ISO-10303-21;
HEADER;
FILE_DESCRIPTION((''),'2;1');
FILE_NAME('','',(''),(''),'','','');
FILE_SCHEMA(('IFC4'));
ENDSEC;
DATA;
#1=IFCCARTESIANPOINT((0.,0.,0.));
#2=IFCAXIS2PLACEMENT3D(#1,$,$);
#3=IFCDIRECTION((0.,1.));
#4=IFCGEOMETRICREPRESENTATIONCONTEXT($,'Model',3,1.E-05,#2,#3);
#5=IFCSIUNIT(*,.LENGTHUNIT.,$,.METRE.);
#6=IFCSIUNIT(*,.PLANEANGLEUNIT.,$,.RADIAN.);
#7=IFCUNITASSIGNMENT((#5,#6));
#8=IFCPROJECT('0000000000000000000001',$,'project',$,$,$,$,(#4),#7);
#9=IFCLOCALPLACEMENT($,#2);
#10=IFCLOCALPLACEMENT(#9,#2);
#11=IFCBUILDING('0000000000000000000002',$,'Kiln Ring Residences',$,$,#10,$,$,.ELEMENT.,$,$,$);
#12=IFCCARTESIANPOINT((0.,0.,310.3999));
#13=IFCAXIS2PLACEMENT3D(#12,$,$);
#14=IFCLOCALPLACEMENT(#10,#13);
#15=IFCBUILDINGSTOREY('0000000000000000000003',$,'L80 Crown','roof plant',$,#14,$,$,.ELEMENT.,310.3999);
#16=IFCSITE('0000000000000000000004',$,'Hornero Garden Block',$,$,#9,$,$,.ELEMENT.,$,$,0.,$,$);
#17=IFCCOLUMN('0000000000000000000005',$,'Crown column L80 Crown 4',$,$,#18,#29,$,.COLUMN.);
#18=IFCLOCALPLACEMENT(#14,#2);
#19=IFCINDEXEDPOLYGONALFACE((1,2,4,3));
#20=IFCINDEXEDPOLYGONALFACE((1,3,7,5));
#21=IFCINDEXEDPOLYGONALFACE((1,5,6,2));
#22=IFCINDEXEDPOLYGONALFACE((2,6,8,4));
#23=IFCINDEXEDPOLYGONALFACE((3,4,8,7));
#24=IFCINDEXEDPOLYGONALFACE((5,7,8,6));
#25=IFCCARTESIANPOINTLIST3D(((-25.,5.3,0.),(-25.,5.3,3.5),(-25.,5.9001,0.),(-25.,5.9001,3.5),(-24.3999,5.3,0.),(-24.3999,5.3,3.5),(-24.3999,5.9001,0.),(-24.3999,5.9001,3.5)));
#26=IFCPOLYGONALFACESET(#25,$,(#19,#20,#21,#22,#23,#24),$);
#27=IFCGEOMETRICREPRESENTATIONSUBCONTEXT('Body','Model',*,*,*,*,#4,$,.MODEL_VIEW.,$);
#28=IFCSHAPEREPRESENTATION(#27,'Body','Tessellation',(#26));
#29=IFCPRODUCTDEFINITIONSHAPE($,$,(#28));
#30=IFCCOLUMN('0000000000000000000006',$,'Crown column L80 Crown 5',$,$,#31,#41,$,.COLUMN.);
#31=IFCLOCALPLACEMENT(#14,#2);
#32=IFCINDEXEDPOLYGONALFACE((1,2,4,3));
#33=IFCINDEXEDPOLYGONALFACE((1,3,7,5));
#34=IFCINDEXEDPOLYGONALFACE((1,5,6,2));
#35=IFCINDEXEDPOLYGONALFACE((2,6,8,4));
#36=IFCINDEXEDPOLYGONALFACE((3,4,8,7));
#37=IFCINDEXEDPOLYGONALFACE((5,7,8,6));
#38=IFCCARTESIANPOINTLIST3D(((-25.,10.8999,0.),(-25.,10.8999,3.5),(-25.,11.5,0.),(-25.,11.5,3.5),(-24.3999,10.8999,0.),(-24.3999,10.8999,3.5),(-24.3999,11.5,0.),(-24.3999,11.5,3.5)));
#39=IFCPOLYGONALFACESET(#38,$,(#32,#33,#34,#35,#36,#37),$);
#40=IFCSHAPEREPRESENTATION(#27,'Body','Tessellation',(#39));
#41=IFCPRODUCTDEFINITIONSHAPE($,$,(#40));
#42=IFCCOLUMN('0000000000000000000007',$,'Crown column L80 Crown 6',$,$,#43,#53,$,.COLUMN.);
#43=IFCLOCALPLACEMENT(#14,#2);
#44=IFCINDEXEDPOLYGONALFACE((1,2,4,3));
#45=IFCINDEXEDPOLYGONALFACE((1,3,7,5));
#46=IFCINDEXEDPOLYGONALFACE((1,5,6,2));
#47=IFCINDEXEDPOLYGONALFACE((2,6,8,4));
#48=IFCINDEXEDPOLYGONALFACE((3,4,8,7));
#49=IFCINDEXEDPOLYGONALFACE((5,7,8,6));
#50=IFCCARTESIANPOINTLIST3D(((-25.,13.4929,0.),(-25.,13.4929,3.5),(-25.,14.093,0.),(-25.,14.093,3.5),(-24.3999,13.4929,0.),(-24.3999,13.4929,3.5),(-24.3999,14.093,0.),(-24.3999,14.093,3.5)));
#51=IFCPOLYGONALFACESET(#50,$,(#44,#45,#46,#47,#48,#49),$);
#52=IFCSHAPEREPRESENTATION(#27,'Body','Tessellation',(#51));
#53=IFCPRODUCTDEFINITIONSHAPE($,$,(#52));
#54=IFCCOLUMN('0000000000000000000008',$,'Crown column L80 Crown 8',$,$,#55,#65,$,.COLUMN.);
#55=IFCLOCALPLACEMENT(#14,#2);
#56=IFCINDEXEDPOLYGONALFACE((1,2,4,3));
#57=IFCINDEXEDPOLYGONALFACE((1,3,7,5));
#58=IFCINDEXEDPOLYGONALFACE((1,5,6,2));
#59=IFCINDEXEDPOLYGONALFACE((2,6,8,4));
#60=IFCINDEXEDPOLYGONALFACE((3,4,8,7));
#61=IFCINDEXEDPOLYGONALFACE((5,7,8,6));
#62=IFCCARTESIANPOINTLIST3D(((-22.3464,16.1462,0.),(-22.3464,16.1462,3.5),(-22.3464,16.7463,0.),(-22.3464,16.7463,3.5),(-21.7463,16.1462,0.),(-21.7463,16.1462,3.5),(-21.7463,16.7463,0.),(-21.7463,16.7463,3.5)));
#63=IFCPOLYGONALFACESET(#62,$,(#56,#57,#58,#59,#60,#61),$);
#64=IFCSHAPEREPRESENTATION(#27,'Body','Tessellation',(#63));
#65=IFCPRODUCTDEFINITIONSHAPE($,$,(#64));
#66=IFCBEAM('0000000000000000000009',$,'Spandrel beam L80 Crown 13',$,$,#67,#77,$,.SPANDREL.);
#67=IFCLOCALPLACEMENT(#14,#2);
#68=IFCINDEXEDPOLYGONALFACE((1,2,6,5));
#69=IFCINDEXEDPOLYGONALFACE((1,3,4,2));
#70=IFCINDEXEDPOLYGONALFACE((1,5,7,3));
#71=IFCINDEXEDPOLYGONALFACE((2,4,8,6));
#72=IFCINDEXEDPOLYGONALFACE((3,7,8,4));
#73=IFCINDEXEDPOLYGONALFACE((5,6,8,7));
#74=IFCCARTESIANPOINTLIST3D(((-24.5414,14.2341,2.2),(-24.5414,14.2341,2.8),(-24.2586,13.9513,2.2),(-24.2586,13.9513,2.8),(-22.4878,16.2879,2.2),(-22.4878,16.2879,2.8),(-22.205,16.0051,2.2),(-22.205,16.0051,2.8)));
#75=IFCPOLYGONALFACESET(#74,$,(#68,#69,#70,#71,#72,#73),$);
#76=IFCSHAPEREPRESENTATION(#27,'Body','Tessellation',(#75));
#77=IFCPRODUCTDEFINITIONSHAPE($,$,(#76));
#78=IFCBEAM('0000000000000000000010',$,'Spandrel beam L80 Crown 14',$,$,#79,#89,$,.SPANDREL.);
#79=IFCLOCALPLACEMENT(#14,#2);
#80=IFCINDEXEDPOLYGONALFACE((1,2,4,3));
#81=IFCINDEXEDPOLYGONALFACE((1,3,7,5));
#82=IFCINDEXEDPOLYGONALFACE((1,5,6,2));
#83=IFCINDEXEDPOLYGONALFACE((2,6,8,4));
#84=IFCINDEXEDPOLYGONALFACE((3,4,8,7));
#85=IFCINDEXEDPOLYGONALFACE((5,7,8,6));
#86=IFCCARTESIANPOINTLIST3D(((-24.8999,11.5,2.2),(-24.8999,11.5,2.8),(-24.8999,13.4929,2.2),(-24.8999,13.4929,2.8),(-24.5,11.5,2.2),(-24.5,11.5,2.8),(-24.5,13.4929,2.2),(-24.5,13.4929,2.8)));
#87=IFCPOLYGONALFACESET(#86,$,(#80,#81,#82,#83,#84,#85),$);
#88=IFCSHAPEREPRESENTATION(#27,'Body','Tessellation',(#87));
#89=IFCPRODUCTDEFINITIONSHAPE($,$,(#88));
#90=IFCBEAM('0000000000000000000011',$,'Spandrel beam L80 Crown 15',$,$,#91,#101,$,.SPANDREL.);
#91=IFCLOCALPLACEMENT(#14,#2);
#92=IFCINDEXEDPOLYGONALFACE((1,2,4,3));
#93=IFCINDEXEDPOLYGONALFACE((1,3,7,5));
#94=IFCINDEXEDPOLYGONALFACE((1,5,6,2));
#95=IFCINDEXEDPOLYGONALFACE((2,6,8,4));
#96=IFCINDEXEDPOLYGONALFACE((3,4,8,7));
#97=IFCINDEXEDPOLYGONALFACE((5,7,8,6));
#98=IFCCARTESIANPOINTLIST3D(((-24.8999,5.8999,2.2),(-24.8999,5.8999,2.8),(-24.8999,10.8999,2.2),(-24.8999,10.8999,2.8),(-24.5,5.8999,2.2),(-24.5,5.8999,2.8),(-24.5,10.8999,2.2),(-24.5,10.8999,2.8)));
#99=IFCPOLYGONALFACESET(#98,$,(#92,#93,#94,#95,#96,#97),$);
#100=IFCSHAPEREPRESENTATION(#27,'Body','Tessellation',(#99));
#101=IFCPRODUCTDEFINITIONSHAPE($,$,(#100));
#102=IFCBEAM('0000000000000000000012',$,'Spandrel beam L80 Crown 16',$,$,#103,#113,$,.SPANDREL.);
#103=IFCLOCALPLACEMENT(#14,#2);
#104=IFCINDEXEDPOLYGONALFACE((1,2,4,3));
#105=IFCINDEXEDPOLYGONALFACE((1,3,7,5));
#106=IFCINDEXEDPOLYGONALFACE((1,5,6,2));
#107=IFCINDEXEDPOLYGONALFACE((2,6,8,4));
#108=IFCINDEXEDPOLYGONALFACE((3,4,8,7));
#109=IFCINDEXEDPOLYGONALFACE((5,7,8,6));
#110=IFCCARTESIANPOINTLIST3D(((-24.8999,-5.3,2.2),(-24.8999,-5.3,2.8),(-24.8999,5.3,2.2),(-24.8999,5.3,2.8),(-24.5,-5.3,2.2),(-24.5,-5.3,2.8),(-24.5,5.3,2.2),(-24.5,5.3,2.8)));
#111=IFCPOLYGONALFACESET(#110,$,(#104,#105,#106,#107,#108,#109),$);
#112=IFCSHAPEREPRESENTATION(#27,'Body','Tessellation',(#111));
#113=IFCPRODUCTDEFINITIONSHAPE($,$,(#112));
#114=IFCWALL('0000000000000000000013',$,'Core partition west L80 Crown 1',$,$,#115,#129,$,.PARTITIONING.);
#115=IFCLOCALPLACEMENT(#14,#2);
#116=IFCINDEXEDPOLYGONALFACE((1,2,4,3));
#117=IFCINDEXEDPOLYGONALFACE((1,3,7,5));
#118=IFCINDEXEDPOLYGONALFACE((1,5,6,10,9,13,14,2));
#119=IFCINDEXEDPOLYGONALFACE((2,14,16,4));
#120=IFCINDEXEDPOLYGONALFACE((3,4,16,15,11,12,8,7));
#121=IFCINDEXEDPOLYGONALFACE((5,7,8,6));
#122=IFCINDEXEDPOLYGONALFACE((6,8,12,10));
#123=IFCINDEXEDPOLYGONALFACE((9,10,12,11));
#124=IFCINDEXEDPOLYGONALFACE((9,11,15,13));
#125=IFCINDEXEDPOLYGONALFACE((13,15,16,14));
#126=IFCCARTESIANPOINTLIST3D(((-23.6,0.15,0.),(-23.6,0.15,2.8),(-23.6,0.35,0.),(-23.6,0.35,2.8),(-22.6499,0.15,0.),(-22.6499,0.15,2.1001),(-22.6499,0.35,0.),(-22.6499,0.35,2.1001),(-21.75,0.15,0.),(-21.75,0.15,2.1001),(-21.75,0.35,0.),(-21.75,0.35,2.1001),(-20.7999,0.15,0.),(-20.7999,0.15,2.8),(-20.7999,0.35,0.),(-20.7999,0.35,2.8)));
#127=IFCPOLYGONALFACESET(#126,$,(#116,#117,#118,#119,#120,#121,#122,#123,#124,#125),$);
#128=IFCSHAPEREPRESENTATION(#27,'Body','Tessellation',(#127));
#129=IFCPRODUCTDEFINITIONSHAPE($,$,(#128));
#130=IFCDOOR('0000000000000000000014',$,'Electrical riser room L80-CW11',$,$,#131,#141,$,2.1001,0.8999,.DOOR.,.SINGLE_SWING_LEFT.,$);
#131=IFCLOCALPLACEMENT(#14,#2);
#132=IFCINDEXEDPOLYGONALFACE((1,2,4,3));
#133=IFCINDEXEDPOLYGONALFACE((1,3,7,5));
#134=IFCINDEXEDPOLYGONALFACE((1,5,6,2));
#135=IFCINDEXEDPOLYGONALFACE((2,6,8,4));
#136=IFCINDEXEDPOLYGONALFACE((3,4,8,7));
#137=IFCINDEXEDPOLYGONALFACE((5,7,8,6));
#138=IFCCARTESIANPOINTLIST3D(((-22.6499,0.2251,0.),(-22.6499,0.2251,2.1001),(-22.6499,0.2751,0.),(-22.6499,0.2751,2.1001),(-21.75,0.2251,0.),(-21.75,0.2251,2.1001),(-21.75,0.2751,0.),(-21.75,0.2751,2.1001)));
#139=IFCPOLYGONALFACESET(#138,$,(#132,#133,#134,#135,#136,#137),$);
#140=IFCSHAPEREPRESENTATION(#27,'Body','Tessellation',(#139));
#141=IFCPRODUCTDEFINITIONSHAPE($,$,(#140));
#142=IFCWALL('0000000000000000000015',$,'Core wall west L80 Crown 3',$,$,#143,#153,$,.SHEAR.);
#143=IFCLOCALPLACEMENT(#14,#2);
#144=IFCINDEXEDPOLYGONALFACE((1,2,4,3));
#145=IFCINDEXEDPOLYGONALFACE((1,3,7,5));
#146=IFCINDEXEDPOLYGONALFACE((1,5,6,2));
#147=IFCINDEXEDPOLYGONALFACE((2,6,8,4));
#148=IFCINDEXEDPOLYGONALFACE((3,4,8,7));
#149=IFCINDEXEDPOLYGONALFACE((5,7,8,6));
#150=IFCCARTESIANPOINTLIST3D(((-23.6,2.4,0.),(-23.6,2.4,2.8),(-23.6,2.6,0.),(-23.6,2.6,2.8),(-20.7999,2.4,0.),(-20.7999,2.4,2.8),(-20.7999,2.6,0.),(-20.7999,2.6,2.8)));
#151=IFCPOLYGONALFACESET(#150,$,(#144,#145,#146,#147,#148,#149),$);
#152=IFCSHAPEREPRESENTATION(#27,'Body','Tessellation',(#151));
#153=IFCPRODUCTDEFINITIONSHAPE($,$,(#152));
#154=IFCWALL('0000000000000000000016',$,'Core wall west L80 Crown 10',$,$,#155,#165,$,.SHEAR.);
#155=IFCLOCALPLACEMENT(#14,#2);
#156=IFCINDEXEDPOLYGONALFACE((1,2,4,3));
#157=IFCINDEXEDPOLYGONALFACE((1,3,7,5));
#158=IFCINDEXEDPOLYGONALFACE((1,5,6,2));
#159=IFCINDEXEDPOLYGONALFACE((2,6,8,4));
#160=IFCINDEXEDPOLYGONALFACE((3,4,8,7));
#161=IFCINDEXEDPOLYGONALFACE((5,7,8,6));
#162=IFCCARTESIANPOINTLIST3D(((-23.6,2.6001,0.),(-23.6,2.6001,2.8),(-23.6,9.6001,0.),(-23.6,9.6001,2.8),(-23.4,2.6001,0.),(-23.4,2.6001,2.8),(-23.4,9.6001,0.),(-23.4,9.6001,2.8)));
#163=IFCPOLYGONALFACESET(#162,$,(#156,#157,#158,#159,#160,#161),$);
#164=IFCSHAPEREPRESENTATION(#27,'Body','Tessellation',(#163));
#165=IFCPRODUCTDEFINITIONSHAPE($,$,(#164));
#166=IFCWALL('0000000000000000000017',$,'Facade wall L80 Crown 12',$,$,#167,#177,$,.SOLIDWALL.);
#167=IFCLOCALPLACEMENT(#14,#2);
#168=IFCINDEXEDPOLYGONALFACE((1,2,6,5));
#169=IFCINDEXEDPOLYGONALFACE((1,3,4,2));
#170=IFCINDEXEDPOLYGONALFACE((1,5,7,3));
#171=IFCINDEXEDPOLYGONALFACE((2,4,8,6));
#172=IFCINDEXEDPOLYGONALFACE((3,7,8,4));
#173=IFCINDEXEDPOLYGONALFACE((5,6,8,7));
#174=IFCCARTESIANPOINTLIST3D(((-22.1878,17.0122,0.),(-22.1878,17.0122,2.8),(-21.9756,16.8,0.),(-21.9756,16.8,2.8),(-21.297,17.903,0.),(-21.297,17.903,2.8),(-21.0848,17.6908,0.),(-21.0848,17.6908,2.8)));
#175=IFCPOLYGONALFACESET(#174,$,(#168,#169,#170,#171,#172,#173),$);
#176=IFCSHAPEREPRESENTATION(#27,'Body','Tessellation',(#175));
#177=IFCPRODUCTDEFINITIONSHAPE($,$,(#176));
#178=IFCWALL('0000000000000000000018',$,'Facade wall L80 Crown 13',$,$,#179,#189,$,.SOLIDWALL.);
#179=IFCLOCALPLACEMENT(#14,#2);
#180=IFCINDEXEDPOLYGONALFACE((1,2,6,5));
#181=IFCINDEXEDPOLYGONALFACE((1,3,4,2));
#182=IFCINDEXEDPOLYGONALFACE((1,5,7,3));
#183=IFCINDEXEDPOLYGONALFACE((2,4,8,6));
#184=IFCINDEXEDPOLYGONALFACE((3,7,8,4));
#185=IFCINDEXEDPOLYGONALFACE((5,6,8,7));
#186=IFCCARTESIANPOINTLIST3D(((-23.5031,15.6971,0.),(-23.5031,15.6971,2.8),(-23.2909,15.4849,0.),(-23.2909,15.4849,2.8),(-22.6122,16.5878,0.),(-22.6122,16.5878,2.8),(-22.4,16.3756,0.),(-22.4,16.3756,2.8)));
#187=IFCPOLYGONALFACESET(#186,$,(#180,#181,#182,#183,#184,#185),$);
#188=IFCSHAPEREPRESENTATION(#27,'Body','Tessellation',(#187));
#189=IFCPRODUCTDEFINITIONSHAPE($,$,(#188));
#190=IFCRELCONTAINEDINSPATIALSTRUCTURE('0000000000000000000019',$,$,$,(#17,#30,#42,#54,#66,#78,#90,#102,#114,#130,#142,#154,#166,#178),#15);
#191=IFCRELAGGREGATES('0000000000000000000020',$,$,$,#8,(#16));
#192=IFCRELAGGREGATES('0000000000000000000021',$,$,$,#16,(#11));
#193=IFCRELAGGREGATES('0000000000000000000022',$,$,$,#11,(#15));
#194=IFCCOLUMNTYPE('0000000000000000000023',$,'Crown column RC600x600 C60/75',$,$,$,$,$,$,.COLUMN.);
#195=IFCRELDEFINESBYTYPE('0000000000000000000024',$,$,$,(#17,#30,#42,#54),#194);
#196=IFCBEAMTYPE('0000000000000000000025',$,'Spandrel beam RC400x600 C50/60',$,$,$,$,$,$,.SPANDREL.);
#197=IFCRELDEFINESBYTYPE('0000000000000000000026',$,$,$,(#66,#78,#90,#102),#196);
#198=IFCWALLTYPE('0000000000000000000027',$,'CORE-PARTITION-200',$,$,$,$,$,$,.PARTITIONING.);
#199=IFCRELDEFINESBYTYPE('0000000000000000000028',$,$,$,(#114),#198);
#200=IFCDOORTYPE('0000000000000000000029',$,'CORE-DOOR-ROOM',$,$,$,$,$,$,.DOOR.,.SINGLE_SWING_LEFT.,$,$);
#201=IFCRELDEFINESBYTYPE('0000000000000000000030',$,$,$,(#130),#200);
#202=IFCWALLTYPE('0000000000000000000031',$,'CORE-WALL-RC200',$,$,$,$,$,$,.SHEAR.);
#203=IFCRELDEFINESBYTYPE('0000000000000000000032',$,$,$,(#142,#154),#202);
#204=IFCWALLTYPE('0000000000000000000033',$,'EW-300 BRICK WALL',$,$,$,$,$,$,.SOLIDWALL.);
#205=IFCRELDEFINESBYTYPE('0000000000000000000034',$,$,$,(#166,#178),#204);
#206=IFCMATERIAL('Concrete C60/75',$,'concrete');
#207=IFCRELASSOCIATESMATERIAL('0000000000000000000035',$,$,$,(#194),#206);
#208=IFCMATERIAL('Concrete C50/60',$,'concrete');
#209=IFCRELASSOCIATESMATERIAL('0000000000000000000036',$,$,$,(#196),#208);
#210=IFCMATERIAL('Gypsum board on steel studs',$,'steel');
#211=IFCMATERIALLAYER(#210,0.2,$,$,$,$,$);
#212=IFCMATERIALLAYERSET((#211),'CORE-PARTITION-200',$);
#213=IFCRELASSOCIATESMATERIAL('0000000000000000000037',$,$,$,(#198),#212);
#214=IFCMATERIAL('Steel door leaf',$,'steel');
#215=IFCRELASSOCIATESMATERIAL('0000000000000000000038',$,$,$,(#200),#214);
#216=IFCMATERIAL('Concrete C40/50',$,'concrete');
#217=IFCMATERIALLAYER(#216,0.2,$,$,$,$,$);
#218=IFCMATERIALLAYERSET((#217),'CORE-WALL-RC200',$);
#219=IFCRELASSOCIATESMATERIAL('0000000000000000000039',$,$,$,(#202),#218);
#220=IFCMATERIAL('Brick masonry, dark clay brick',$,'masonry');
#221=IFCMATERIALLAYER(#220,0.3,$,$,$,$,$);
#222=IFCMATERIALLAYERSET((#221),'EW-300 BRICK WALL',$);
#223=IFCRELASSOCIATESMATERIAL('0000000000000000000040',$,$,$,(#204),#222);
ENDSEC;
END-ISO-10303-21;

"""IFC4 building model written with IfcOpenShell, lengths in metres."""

from ifc_helpers import new_model, si_unit, direction, frame, frame_2d, origin, origin_2d, place, context, subcontext, project, spatial, rectangle, extrude, material, layer, layer_set, material_profile, profile_set, type_object, element, fill, save


model = new_model("IFC4")

# Units and contexts
model_context = context("Model", 3, precision=1e-05, world=origin(), true_north=direction((0.0, 1.0)))
body_context = subcontext(model_context, "Body", "Model", "MODEL_VIEW")
ifc_project = project(units=[si_unit("LENGTHUNIT", "METRE"), si_unit("PLANEANGLEUNIT", "RADIAN")], contexts=[model_context])

# Site, building, storey
site_placement = place(None, origin())
site = spatial("IfcSite", under=ifc_project, at=site_placement, Name="Hornero Garden Block", CompositionType="ELEMENT", RefElevation=0.0)
building_placement = place(site_placement, origin())
building = spatial("IfcBuilding", under=site, at=building_placement, Name="Kiln Ring Residences", CompositionType="ELEMENT")
storey_placement = place(building_placement, frame((0.0, 0.0, 310.3999)))
storey = spatial("IfcBuildingStorey", under=building, at=storey_placement, Name="L80 Crown", Description="roof plant", CompositionType="ELEMENT", Elevation=310.3999)

# Columns
ifc_material_1 = material(Name="Concrete C60/75", Category="concrete")
ifc_material_profile_1 = material_profile(ifc_material_1, rectangle(XDim=0.6001, YDim=0.6001, at=origin_2d()), Name="RC600x600")
ifc_profile_set_1 = profile_set([ifc_material_profile_1], Name="Concrete C60/75")
column_type = type_object("IfcColumnType", Name="Crown column RC600x600 C60/75", PredefinedType="COLUMN", material=ifc_profile_set_1)
for number, where, z_axis, x_axis, name in (
    (1, (-24.7, 5.6001, 0.0), (0.0, 0.0, 1.0), (1.0, 0.0, 0.0), "Crown column L80 Crown 4"),
    (2, (-24.7, 11.2, 0.0), (0.0, 0.0, 1.0), (1.0, 0.0, 0.0), "Crown column L80 Crown 5"),
    (3, (-24.7, 13.793, 0.0), (0.0, 0.0, 1.0), (1.0, 0.0, 0.0), "Crown column L80 Crown 6"),
    (4, (-22.0464, 16.4463, 0.0), (0.0, 0.0, 1.0), (1.0, 0.0, 0.0), "Crown column L80 Crown 8"),
):
    element("IfcColumn", number, at=place(storey_placement, frame(where, z_axis=z_axis, x_axis=x_axis)), inside=storey, type_object=column_type, Name=name, PredefinedType="COLUMN", context=body_context, shape_type="SweptSolid", body=[
        extrude(rectangle(XDim=0.6001, YDim=0.6001, at=origin_2d()), origin(), (0.0, 0.0, 1.0), 3.5),
    ])

# Beams
ifc_material_2 = material(Name="Concrete C50/60", Category="concrete")
ifc_material_profile_2 = material_profile(ifc_material_2, rectangle(XDim=0.3999, YDim=0.6001, at=origin_2d()), Name="RC400x600")
ifc_profile_set_2 = profile_set([ifc_material_profile_2], Name="Concrete C50/60")
beam_type = type_object("IfcBeamType", Name="Spandrel beam RC400x600 C50/60", PredefinedType="SPANDREL", material=ifc_profile_set_2)
beam_1_placement = place(storey_placement, frame((-22.3464, 16.1465, 2.5), z_axis=(-0.707065, -0.707149, 0.0), x_axis=(0.707149, -0.707065, 0.0)))
element("IfcBeam", 5, at=beam_1_placement, inside=storey, type_object=beam_type, Name="Spandrel beam L80 Crown 13", PredefinedType="SPANDREL", context=body_context, shape_type="SweptSolid", body=[
    extrude(rectangle(XDim=0.3999, YDim=0.6001, at=origin_2d()), origin(), (0.0, 0.0, 1.0), 2.9043),
])
beam_2_placement = place(storey_placement, frame((-24.7, 13.4929, 2.5), z_axis=(0.0, -1.0, 0.0), x_axis=(1.0, 0.0, 0.0)))
element("IfcBeam", 6, at=beam_2_placement, inside=storey, type_object=beam_type, Name="Spandrel beam L80 Crown 14", PredefinedType="SPANDREL", context=body_context, shape_type="SweptSolid", body=[
    extrude(rectangle(XDim=0.3999, YDim=0.6001, at=origin_2d()), origin(), (0.0, 0.0, 1.0), 1.9929),
])
beam_3_placement = place(storey_placement, frame((-24.7, 10.8999, 2.5), z_axis=(0.0, -1.0, 0.0), x_axis=(1.0, 0.0, 0.0)))
element("IfcBeam", 7, at=beam_3_placement, inside=storey, type_object=beam_type, Name="Spandrel beam L80 Crown 15", PredefinedType="SPANDREL", context=body_context, shape_type="SweptSolid", body=[
    extrude(rectangle(XDim=0.3999, YDim=0.6001, at=origin_2d()), origin(), (0.0, 0.0, 1.0), 5.0),
])
beam_4_placement = place(storey_placement, frame((-24.7, 5.3, 2.5), z_axis=(0.0, -1.0, 0.0), x_axis=(1.0, 0.0, 0.0)))
element("IfcBeam", 8, at=beam_4_placement, inside=storey, type_object=beam_type, Name="Spandrel beam L80 Crown 16", PredefinedType="SPANDREL", context=body_context, shape_type="SweptSolid", body=[
    extrude(rectangle(XDim=0.3999, YDim=0.6001, at=origin_2d()), origin(), (0.0, 0.0, 1.0), 10.6001),
])

# Wall, opening, door
ifc_material_3 = material(Name="Gypsum board on steel studs", Category="steel")
ifc_layer_1 = layer(ifc_material_3, 0.2)
ifc_layer_set_1 = layer_set([ifc_layer_1], Name="CORE-PARTITION-200")
wall_type_1 = type_object("IfcWallType", Name="CORE-PARTITION-200", PredefinedType="PARTITIONING", material=ifc_layer_set_1)
wall_1_placement = place(storey_placement, frame((-20.8, 0.25, 0.0), z_axis=(0.0, 0.0, 1.0), x_axis=(-1.0, 0.0, 0.0)))
wall_1 = element("IfcWall", 9, at=wall_1_placement, inside=storey, type_object=wall_type_1, Name="Core partition west L80 Crown 1", PredefinedType="PARTITIONING", context=body_context, shape_type="SweptSolid", body=[
    extrude(rectangle(XDim=2.8, YDim=0.2, at=frame_2d((1.3999, 0.0))), origin(), (0.0, 0.0, 1.0), 2.8),
])
opening_placement = place(wall_1_placement, frame((0.95, 0.0, 0.0)))
opening = element("IfcOpeningElement", 10, at=opening_placement, cuts=wall_1, PredefinedType="OPENING", context=body_context, shape_type="SweptSolid", body=[
    extrude(rectangle(XDim=0.8999, YDim=2.1001, at=frame_2d((0.45, 1.05))), frame((0.0, 0.1099, 0.0), z_axis=(0.0, -1.0, 0.0), x_axis=(1.0, 0.0, 0.0)), (0.0, 0.0, 1.0), 0.22),
])
ifc_material_4 = material(Name="Steel door leaf", Category="steel")
door_type = type_object("IfcDoorType", Name="CORE-DOOR-ROOM", OperationType="SINGLE_SWING_LEFT", PredefinedType="DOOR", material=ifc_material_4)
door_placement = place(opening_placement, origin())
door = element("IfcDoor", 11, at=door_placement, inside=storey, type_object=door_type, Name="Electrical riser room L80-CW11", OperationType="SINGLE_SWING_LEFT", OverallHeight=2.1001, OverallWidth=0.8999, PredefinedType="DOOR", context=body_context, shape_type="SweptSolid", body=[
    extrude(rectangle(XDim=0.8999, YDim=2.1001, at=frame_2d((0.45, 1.05))), frame((0.0, 0.0249, 0.0), z_axis=(0.0, -1.0, 0.0), x_axis=(1.0, 0.0, 0.0)), (0.0, 0.0, 1.0), 0.05),
])
fill(opening, door)

# Walls
ifc_material_5 = material(Name="Concrete C40/50", Category="concrete")
ifc_layer_2 = layer(ifc_material_5, 0.2)
ifc_layer_set_2 = layer_set([ifc_layer_2], Name="CORE-WALL-RC200")
wall_type_2 = type_object("IfcWallType", Name="CORE-WALL-RC200", PredefinedType="SHEAR", material=ifc_layer_set_2)
wall_2_placement = place(storey_placement, frame((-20.8, 2.5, 0.0), z_axis=(0.0, 0.0, 1.0), x_axis=(-1.0, 0.0, 0.0)))
element("IfcWall", 12, at=wall_2_placement, inside=storey, type_object=wall_type_2, Name="Core wall west L80 Crown 3", PredefinedType="SHEAR", context=body_context, shape_type="SweptSolid", body=[
    extrude(rectangle(XDim=2.8, YDim=0.2, at=frame_2d((1.3999, 0.0))), origin(), (0.0, 0.0, 1.0), 2.8),
])
wall_3_placement = place(storey_placement, frame((-23.5, 2.6001, 0.0), z_axis=(0.0, 0.0, 1.0), x_axis=(0.0, 1.0, 0.0)))
element("IfcWall", 13, at=wall_3_placement, inside=storey, type_object=wall_type_2, Name="Core wall west L80 Crown 10", PredefinedType="SHEAR", context=body_context, shape_type="SweptSolid", body=[
    extrude(rectangle(XDim=7.0, YDim=0.2, at=frame_2d((3.5, 0.0))), origin(), (0.0, 0.0, 1.0), 2.8),
])
ifc_material_6 = material(Name="Brick masonry, dark clay brick", Category="masonry")
ifc_layer_3 = layer(ifc_material_6, 0.3)
ifc_layer_set_3 = layer_set([ifc_layer_3], Name="EW-300 BRICK WALL")
wall_type_3 = type_object("IfcWallType", Name="EW-300 BRICK WALL", PredefinedType="SOLIDWALL", material=ifc_layer_set_3)
for number, where, z_axis, x_axis, name in (
    (14, (-21.1909, 17.7969, 0.0), (0.0, 0.0, 1.0), (-0.707107, -0.707107, 0.0), "Facade wall L80 Crown 12"),
    (15, (-22.5061, 16.4817, 0.0), (0.0, 0.0, 1.0), (-0.707204, -0.70701, 0.0), "Facade wall L80 Crown 13"),
):
    element("IfcWall", number, at=place(storey_placement, frame(where, z_axis=z_axis, x_axis=x_axis)), inside=storey, type_object=wall_type_3, Name=name, PredefinedType="SOLIDWALL", context=body_context, shape_type="SweptSolid", body=[
        extrude(rectangle(XDim=1.2598, YDim=0.3, at=frame_2d((0.6299, 0.0))), origin(), (0.0, 0.0, 1.0), 2.8),
    ])

save(model, "model.ifc")
